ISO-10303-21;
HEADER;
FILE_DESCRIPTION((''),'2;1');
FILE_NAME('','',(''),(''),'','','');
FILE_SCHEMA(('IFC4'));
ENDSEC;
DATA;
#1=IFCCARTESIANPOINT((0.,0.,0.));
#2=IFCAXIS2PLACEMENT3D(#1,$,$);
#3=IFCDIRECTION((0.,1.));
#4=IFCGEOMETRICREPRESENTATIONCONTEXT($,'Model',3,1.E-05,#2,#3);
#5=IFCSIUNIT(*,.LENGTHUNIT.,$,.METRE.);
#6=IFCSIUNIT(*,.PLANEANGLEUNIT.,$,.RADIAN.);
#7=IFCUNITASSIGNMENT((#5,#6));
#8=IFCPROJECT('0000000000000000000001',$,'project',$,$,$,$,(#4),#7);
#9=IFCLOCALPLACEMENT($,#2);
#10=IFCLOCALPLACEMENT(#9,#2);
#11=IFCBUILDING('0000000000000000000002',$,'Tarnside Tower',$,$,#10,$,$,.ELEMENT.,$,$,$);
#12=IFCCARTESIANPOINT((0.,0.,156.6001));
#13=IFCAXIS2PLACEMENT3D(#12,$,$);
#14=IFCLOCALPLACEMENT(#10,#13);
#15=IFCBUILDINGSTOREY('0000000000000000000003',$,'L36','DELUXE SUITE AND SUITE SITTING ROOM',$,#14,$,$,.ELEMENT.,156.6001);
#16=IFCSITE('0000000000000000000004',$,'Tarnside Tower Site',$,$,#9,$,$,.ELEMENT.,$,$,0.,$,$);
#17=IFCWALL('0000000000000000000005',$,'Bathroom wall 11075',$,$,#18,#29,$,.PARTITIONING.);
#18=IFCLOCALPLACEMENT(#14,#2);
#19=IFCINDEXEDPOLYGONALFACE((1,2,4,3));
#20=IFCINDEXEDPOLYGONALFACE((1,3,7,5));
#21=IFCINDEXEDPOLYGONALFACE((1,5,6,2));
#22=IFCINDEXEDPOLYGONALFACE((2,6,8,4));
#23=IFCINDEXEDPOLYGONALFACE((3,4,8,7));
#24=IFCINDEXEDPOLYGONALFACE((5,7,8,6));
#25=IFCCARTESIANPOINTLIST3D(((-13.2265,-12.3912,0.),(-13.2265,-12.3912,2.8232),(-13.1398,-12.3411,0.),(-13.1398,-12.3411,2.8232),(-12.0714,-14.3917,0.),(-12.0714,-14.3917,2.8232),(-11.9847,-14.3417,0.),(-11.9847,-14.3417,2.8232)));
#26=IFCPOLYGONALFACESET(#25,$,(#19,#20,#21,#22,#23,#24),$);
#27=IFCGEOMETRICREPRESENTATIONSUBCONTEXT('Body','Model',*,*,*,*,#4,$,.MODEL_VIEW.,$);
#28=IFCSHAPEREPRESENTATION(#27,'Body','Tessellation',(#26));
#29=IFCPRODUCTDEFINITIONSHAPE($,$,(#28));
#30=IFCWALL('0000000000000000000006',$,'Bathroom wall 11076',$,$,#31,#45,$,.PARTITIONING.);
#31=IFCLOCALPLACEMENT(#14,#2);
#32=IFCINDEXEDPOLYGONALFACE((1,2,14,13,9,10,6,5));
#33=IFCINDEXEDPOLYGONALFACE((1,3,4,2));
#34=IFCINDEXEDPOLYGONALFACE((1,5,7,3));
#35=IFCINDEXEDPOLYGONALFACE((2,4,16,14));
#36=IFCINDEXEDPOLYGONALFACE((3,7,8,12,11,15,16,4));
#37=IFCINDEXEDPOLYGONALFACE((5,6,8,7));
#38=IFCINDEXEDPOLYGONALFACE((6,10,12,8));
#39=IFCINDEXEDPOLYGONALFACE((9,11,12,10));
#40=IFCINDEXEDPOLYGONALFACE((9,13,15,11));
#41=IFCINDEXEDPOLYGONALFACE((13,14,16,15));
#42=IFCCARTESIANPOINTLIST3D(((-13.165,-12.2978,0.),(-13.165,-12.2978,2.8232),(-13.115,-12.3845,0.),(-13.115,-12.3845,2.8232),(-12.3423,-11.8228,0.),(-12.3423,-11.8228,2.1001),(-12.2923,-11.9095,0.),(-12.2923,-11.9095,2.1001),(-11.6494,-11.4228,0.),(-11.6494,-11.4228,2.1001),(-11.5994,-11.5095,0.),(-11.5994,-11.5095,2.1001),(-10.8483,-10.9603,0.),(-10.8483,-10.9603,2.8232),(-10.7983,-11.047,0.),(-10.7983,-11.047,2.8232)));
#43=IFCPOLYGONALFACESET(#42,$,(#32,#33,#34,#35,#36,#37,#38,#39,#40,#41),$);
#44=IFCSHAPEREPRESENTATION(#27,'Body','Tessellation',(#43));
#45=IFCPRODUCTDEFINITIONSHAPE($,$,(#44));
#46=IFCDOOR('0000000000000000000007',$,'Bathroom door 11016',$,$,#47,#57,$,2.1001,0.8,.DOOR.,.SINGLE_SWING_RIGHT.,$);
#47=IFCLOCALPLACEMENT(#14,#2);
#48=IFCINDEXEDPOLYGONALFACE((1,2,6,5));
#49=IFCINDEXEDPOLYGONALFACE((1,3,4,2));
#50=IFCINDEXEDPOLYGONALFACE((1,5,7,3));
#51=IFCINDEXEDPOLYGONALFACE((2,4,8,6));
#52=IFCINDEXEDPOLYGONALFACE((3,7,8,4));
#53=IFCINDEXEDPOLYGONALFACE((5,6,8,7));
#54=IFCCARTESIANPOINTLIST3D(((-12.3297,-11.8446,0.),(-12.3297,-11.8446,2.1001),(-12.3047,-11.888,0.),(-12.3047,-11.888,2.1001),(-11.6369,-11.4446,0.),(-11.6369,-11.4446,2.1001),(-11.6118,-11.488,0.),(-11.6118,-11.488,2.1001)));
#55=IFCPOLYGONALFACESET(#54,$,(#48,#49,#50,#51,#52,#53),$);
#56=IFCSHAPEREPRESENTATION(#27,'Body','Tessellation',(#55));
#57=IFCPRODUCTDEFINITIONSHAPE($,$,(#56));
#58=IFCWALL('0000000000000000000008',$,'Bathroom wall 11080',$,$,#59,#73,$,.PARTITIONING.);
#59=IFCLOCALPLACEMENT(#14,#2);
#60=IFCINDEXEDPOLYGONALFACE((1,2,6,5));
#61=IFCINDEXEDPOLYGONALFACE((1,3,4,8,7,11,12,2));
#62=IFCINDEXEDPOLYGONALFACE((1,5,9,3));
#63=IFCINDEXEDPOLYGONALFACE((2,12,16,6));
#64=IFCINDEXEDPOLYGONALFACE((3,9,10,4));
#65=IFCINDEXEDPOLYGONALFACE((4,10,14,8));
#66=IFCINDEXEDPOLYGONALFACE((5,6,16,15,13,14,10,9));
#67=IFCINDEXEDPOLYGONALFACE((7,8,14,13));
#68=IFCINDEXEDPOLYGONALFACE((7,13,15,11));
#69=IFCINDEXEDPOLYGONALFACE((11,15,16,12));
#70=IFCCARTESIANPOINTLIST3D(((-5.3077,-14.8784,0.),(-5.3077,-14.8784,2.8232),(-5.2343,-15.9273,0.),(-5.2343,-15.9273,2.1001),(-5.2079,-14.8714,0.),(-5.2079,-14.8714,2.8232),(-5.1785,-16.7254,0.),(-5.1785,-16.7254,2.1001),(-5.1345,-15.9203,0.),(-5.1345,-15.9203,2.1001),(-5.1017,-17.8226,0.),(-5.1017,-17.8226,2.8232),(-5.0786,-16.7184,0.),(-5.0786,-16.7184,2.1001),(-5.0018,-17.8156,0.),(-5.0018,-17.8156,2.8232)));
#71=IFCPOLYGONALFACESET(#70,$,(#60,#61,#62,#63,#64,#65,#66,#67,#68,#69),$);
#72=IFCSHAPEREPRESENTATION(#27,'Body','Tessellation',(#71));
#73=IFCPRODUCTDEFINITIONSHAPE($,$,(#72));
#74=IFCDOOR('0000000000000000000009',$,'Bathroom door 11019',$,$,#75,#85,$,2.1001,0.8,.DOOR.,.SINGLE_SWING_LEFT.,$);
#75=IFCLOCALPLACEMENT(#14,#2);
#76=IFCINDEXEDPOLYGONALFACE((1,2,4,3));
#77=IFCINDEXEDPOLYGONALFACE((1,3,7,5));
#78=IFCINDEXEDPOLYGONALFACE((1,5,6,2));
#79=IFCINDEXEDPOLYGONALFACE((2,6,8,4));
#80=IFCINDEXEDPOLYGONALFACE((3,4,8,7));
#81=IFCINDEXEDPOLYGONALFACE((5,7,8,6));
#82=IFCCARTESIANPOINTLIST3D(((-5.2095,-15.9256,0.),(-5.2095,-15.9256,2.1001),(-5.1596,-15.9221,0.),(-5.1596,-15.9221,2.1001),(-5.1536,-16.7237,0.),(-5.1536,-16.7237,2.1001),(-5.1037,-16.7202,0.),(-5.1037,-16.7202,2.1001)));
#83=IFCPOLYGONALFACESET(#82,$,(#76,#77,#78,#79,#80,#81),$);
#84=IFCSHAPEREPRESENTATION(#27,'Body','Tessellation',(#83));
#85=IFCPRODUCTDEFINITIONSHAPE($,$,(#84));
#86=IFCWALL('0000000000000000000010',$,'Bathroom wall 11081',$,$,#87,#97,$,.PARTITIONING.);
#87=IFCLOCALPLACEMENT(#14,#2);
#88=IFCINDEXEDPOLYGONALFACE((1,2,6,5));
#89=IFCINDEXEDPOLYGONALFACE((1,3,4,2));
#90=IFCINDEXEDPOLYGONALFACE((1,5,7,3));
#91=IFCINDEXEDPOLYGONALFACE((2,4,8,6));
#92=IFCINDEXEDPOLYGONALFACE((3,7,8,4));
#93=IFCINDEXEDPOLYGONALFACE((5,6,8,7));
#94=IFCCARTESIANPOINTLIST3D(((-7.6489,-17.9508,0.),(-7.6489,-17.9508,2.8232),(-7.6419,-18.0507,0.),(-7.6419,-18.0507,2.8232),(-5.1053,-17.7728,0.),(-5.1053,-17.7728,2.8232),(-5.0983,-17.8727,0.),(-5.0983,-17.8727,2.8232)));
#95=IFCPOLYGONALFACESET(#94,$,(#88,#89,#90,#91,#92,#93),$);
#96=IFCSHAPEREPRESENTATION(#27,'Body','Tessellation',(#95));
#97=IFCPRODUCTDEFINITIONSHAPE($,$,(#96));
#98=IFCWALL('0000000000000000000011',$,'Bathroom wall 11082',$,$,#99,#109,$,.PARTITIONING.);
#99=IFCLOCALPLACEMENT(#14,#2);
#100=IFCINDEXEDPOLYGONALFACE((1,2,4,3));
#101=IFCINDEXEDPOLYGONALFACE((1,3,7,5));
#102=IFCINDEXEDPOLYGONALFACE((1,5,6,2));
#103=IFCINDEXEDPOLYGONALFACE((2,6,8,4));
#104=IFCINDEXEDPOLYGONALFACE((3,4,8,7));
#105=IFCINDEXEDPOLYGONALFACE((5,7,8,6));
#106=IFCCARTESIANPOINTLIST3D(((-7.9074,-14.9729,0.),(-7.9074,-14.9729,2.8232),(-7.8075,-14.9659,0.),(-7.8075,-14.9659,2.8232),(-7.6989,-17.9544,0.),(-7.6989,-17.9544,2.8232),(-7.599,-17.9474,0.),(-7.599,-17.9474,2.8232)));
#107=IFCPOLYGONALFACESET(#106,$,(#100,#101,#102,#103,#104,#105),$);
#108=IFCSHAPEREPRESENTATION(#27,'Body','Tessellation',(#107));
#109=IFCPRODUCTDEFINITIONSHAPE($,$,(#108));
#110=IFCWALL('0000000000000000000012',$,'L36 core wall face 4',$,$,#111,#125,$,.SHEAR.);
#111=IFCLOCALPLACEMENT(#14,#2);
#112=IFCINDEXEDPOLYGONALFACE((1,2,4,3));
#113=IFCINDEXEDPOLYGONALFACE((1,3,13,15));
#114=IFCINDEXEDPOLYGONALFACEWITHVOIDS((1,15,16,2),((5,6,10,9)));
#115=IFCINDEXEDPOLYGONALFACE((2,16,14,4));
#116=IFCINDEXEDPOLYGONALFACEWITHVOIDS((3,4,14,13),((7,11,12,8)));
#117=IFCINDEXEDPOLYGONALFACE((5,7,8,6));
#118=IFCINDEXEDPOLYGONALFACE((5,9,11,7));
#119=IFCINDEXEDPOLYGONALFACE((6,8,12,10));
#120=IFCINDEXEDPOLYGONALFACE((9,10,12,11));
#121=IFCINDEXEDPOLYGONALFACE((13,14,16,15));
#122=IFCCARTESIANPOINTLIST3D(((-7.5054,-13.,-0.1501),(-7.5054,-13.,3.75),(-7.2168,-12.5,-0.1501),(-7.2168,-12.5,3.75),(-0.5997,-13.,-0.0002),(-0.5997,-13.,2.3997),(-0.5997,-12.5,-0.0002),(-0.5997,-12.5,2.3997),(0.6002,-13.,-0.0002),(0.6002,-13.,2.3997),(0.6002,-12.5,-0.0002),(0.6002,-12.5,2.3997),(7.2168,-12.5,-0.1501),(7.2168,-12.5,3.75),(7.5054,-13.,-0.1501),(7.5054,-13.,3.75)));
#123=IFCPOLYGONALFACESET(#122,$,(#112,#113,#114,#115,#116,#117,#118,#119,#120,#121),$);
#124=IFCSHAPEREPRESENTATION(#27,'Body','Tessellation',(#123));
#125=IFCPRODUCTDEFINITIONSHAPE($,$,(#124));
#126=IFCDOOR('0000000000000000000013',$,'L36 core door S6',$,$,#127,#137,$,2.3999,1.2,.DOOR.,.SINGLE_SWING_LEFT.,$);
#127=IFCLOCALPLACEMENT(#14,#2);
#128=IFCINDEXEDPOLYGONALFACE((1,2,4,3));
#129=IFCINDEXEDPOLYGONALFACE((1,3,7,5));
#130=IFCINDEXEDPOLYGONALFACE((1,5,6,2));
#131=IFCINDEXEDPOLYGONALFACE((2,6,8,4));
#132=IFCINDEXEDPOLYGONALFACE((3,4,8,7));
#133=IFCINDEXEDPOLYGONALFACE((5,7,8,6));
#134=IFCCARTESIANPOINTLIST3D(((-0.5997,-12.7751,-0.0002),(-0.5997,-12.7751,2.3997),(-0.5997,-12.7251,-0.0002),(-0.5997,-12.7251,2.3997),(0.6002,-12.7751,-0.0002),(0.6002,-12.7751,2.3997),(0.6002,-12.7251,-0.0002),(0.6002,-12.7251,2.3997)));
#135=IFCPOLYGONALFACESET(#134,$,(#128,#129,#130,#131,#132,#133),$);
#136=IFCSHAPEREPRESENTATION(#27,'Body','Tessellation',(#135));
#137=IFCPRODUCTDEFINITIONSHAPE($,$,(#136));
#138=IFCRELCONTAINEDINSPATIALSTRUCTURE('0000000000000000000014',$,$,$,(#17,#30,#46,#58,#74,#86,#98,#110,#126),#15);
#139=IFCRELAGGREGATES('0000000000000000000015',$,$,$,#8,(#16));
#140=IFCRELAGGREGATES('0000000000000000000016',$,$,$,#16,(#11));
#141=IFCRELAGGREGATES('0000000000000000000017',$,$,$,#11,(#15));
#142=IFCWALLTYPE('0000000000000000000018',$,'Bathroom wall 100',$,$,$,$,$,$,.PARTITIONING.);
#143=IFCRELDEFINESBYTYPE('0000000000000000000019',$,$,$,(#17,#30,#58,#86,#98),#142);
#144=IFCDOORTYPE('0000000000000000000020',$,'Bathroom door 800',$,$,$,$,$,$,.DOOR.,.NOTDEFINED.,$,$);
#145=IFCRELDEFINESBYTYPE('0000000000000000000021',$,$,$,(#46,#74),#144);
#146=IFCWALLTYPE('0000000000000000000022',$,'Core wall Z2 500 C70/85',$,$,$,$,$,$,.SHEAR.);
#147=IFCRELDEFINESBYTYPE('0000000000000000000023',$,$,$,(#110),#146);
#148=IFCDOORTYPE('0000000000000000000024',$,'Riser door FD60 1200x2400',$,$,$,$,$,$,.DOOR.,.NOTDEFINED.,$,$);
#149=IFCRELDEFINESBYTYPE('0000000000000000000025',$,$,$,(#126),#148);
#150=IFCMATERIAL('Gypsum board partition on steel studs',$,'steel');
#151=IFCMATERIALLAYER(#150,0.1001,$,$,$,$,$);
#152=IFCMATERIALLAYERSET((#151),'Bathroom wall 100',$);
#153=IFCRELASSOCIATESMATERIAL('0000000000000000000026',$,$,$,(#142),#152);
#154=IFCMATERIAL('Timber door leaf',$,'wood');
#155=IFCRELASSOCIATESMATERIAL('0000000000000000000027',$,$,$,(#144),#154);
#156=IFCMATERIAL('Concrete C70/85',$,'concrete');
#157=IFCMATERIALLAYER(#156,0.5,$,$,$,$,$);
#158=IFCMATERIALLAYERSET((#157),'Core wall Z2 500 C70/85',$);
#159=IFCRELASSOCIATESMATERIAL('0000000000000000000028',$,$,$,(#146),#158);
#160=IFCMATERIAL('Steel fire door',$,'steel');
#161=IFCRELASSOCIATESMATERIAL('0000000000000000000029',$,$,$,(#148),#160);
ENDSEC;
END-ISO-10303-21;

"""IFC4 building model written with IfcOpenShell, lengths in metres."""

from ifc_helpers import new_model, si_unit, direction, frame, frame_2d, origin, place, context, subcontext, project, spatial, polyline, rectangle, outline, extrude, material, layer, layer_set, type_object, element, fill, save


model = new_model("IFC4")

# Units and contexts
model_context = context("Model", 3, precision=1e-05, world=origin(), true_north=direction((0.0, 1.0)))
body_context = subcontext(model_context, "Body", "Model", "MODEL_VIEW")
ifc_project = project(units=[si_unit("LENGTHUNIT", "METRE"), si_unit("PLANEANGLEUNIT", "RADIAN")], contexts=[model_context])

# Site, building, storey
site_placement = place(None, origin())
site = spatial("IfcSite", under=ifc_project, at=site_placement, Name="Tarnside Tower Site", CompositionType="ELEMENT", RefElevation=0.0)
building_placement = place(site_placement, origin())
building = spatial("IfcBuilding", under=site, at=building_placement, Name="Tarnside Tower", CompositionType="ELEMENT")
storey_placement = place(building_placement, frame((0.0, 0.0, 156.6001)))
storey = spatial("IfcBuildingStorey", under=building, at=storey_placement, Name="L36", Description="DELUXE SUITE AND SUITE SITTING ROOM", CompositionType="ELEMENT", Elevation=156.6001)

# Wall
ifc_material_1 = material(Name="Gypsum board partition on steel studs", Category="steel")
ifc_layer_1 = layer(ifc_material_1, 0.1001)
ifc_layer_set_1 = layer_set([ifc_layer_1], Name="Bathroom wall 100")
wall_type_1 = type_object("IfcWallType", Name="Bathroom wall 100", PredefinedType="PARTITIONING", material=ifc_layer_set_1)
wall_1_placement = place(storey_placement, frame((-12.0281, -14.3667, 0.0), z_axis=(0.0, 0.0, 1.0), x_axis=(-0.500015, 0.866017, 0.0)))
element("IfcWall", 1, at=wall_1_placement, inside=storey, type_object=wall_type_1, Name="Bathroom wall 11075", PredefinedType="PARTITIONING", context=body_context, shape_type="SweptSolid", body=[
    extrude(rectangle(XDim=2.3101, YDim=0.1001, at=frame_2d((1.155, 0.0))), origin(), (0.0, 0.0, 1.0), 2.8232),
])

# Walls, openings, doors
wall_2_placement = place(storey_placement, frame((-13.1399, -12.3411, 0.0), z_axis=(0.0, 0.0, 1.0), x_axis=(0.866044, 0.499967, 0.0)))
wall_2 = element("IfcWall", 2, at=wall_2_placement, inside=storey, type_object=wall_type_1, Name="Bathroom wall 11076", PredefinedType="PARTITIONING", context=body_context, shape_type="SweptSolid", body=[
    extrude(rectangle(XDim=2.675, YDim=0.1001, at=frame_2d((1.3374, 0.0))), origin(), (0.0, 0.0, 1.0), 2.8232),
])
opening_1_placement = place(wall_2_placement, frame((0.95, 0.0, 0.0)))
opening_1 = element("IfcOpeningElement", 3, at=opening_1_placement, cuts=wall_2, PredefinedType="OPENING", context=body_context, shape_type="SweptSolid", body=[
    extrude(rectangle(XDim=0.8, YDim=2.1001, at=frame_2d((0.3999, 1.05))), frame((0.0, 0.0601, 0.0), z_axis=(0.0, -1.0, 0.0), x_axis=(1.0, 0.0, 0.0)), (0.0, 0.0, 1.0), 0.1201),
])
ifc_material_2 = material(Name="Timber door leaf", Category="wood")
door_type_1 = type_object("IfcDoorType", Name="Bathroom door 800", OperationType="NOTDEFINED", PredefinedType="DOOR", material=ifc_material_2)
door_1_placement = place(opening_1_placement, origin())
door_1 = element("IfcDoor", 4, at=door_1_placement, inside=storey, type_object=door_type_1, Name="Bathroom door 11016", OperationType="SINGLE_SWING_RIGHT", OverallHeight=2.1001, OverallWidth=0.8, PredefinedType="DOOR", context=body_context, shape_type="SweptSolid", body=[
    extrude(rectangle(XDim=0.8, YDim=2.1001, at=frame_2d((0.3999, 1.05))), frame((0.0, 0.0249, 0.0), z_axis=(0.0, -1.0, 0.0), x_axis=(1.0, 0.0, 0.0)), (0.0, 0.0, 1.0), 0.05),
])
fill(opening_1, door_1)
wall_3_placement = place(storey_placement, frame((-5.2578, -14.875, 0.0), z_axis=(0.0, 0.0, 1.0), x_axis=(0.069813, -0.99756, 0.0)))
wall_3 = element("IfcWall", 5, at=wall_3_placement, inside=storey, type_object=wall_type_1, Name="Bathroom wall 11080", PredefinedType="PARTITIONING", context=body_context, shape_type="SweptSolid", body=[
    extrude(rectangle(XDim=2.9514, YDim=0.1001, at=frame_2d((1.4756, 0.0))), origin(), (0.0, 0.0, 1.0), 2.8232),
])
opening_2_placement = place(wall_3_placement, frame((1.0515, 0.0, 0.0)))
opening_2 = element("IfcOpeningElement", 6, at=opening_2_placement, cuts=wall_3, PredefinedType="OPENING", context=body_context, shape_type="SweptSolid", body=[
    extrude(rectangle(XDim=0.8, YDim=2.1001, at=frame_2d((0.3999, 1.05))), frame((0.0, 0.0601, 0.0), z_axis=(0.0, -1.0, 0.0), x_axis=(1.0, 0.0, 0.0)), (0.0, 0.0, 1.0), 0.1201),
])
door_2_placement = place(opening_2_placement, origin())
door_2 = element("IfcDoor", 7, at=door_2_placement, inside=storey, type_object=door_type_1, Name="Bathroom door 11019", OperationType="SINGLE_SWING_LEFT", OverallHeight=2.1001, OverallWidth=0.8, PredefinedType="DOOR", context=body_context, shape_type="SweptSolid", body=[
    extrude(rectangle(XDim=0.8, YDim=2.1001, at=frame_2d((0.3999, 1.05))), frame((0.0, 0.0249, 0.0), z_axis=(0.0, -1.0, 0.0), x_axis=(1.0, 0.0, 0.0)), (0.0, 0.0, 1.0), 0.05),
])
fill(opening_2, door_2)

# Walls
wall_4_placement = place(storey_placement, frame((-5.1018, -17.8228, 0.0), z_axis=(0.0, 0.0, 1.0), x_axis=(-0.997561, -0.069798, 0.0)))
element("IfcWall", 8, at=wall_4_placement, inside=storey, type_object=wall_type_1, Name="Bathroom wall 11081", PredefinedType="PARTITIONING", context=body_context, shape_type="SweptSolid", body=[
    extrude(rectangle(XDim=2.5498, YDim=0.1001, at=frame_2d((1.2749, 0.0))), origin(), (0.0, 0.0, 1.0), 2.8232),
])
wall_5_placement = place(storey_placement, frame((-7.6489, -17.9509, 0.0), z_axis=(0.0, 0.0, 1.0), x_axis=(-0.069761, 0.997564, 0.0)))
element("IfcWall", 9, at=wall_5_placement, inside=storey, type_object=wall_type_1, Name="Bathroom wall 11082", PredefinedType="PARTITIONING", context=body_context, shape_type="SweptSolid", body=[
    extrude(rectangle(XDim=2.9888, YDim=0.1001, at=frame_2d((1.4944, 0.0))), origin(), (0.0, 0.0, 1.0), 2.8232),
])

# Wall, opening, door
ifc_material_3 = material(Name="Concrete C70/85", Category="concrete")
ifc_layer_2 = layer(ifc_material_3, 0.5)
ifc_layer_set_2 = layer_set([ifc_layer_2], Name="Core wall Z2 500 C70/85")
wall_type_2 = type_object("IfcWallType", Name="Core wall Z2 500 C70/85", PredefinedType="SHEAR", material=ifc_layer_set_2)
wall_6_placement = place(storey_placement, frame((-7.3611, -12.75, -0.1501), z_axis=(0.0, 0.0, 1.0), x_axis=(1.0, 0.0, 0.0)))
wall_6 = element("IfcWall", 10, at=wall_6_placement, inside=storey, type_object=wall_type_2, Name="L36 core wall face 4", PredefinedType="SHEAR", context=body_context, shape_type="SweptSolid", body=[
    extrude(outline(polyline([(-0.1443, -0.25), (14.8665, -0.25), (14.5779, 0.25), (0.1443, 0.25), (-0.1443, -0.25)])), origin(), (0.0, 0.0, 1.0), 3.9001),
])
opening_3_placement = place(wall_6_placement, frame((6.7612, 0.0, 0.1499)))
opening_3 = element("IfcOpeningElement", 11, at=opening_3_placement, cuts=wall_6, PredefinedType="OPENING", context=body_context, shape_type="SweptSolid", body=[
    extrude(rectangle(XDim=1.2, YDim=2.3999, at=frame_2d((0.6001, 1.2))), frame((0.0, 0.26, 0.0), z_axis=(0.0, -1.0, 0.0), x_axis=(1.0, 0.0, 0.0)), (0.0, 0.0, 1.0), 0.52),
])
ifc_material_4 = material(Name="Steel fire door", Category="steel")
door_type_2 = type_object("IfcDoorType", Name="Riser door FD60 1200x2400", OperationType="NOTDEFINED", PredefinedType="DOOR", material=ifc_material_4)
door_3_placement = place(opening_3_placement, origin())
door_3 = element("IfcDoor", 12, at=door_3_placement, inside=storey, type_object=door_type_2, Name="L36 core door S6", OperationType="SINGLE_SWING_LEFT", OverallHeight=2.3999, OverallWidth=1.2, PredefinedType="DOOR", context=body_context, shape_type="SweptSolid", body=[
    extrude(rectangle(XDim=1.2, YDim=2.3999, at=frame_2d((0.6001, 1.2))), frame((0.0, 0.0249, 0.0), z_axis=(0.0, -1.0, 0.0), x_axis=(1.0, 0.0, 0.0)), (0.0, 0.0, 1.0), 0.05),
])
fill(opening_3, door_3)

save(model, "model.ifc")
